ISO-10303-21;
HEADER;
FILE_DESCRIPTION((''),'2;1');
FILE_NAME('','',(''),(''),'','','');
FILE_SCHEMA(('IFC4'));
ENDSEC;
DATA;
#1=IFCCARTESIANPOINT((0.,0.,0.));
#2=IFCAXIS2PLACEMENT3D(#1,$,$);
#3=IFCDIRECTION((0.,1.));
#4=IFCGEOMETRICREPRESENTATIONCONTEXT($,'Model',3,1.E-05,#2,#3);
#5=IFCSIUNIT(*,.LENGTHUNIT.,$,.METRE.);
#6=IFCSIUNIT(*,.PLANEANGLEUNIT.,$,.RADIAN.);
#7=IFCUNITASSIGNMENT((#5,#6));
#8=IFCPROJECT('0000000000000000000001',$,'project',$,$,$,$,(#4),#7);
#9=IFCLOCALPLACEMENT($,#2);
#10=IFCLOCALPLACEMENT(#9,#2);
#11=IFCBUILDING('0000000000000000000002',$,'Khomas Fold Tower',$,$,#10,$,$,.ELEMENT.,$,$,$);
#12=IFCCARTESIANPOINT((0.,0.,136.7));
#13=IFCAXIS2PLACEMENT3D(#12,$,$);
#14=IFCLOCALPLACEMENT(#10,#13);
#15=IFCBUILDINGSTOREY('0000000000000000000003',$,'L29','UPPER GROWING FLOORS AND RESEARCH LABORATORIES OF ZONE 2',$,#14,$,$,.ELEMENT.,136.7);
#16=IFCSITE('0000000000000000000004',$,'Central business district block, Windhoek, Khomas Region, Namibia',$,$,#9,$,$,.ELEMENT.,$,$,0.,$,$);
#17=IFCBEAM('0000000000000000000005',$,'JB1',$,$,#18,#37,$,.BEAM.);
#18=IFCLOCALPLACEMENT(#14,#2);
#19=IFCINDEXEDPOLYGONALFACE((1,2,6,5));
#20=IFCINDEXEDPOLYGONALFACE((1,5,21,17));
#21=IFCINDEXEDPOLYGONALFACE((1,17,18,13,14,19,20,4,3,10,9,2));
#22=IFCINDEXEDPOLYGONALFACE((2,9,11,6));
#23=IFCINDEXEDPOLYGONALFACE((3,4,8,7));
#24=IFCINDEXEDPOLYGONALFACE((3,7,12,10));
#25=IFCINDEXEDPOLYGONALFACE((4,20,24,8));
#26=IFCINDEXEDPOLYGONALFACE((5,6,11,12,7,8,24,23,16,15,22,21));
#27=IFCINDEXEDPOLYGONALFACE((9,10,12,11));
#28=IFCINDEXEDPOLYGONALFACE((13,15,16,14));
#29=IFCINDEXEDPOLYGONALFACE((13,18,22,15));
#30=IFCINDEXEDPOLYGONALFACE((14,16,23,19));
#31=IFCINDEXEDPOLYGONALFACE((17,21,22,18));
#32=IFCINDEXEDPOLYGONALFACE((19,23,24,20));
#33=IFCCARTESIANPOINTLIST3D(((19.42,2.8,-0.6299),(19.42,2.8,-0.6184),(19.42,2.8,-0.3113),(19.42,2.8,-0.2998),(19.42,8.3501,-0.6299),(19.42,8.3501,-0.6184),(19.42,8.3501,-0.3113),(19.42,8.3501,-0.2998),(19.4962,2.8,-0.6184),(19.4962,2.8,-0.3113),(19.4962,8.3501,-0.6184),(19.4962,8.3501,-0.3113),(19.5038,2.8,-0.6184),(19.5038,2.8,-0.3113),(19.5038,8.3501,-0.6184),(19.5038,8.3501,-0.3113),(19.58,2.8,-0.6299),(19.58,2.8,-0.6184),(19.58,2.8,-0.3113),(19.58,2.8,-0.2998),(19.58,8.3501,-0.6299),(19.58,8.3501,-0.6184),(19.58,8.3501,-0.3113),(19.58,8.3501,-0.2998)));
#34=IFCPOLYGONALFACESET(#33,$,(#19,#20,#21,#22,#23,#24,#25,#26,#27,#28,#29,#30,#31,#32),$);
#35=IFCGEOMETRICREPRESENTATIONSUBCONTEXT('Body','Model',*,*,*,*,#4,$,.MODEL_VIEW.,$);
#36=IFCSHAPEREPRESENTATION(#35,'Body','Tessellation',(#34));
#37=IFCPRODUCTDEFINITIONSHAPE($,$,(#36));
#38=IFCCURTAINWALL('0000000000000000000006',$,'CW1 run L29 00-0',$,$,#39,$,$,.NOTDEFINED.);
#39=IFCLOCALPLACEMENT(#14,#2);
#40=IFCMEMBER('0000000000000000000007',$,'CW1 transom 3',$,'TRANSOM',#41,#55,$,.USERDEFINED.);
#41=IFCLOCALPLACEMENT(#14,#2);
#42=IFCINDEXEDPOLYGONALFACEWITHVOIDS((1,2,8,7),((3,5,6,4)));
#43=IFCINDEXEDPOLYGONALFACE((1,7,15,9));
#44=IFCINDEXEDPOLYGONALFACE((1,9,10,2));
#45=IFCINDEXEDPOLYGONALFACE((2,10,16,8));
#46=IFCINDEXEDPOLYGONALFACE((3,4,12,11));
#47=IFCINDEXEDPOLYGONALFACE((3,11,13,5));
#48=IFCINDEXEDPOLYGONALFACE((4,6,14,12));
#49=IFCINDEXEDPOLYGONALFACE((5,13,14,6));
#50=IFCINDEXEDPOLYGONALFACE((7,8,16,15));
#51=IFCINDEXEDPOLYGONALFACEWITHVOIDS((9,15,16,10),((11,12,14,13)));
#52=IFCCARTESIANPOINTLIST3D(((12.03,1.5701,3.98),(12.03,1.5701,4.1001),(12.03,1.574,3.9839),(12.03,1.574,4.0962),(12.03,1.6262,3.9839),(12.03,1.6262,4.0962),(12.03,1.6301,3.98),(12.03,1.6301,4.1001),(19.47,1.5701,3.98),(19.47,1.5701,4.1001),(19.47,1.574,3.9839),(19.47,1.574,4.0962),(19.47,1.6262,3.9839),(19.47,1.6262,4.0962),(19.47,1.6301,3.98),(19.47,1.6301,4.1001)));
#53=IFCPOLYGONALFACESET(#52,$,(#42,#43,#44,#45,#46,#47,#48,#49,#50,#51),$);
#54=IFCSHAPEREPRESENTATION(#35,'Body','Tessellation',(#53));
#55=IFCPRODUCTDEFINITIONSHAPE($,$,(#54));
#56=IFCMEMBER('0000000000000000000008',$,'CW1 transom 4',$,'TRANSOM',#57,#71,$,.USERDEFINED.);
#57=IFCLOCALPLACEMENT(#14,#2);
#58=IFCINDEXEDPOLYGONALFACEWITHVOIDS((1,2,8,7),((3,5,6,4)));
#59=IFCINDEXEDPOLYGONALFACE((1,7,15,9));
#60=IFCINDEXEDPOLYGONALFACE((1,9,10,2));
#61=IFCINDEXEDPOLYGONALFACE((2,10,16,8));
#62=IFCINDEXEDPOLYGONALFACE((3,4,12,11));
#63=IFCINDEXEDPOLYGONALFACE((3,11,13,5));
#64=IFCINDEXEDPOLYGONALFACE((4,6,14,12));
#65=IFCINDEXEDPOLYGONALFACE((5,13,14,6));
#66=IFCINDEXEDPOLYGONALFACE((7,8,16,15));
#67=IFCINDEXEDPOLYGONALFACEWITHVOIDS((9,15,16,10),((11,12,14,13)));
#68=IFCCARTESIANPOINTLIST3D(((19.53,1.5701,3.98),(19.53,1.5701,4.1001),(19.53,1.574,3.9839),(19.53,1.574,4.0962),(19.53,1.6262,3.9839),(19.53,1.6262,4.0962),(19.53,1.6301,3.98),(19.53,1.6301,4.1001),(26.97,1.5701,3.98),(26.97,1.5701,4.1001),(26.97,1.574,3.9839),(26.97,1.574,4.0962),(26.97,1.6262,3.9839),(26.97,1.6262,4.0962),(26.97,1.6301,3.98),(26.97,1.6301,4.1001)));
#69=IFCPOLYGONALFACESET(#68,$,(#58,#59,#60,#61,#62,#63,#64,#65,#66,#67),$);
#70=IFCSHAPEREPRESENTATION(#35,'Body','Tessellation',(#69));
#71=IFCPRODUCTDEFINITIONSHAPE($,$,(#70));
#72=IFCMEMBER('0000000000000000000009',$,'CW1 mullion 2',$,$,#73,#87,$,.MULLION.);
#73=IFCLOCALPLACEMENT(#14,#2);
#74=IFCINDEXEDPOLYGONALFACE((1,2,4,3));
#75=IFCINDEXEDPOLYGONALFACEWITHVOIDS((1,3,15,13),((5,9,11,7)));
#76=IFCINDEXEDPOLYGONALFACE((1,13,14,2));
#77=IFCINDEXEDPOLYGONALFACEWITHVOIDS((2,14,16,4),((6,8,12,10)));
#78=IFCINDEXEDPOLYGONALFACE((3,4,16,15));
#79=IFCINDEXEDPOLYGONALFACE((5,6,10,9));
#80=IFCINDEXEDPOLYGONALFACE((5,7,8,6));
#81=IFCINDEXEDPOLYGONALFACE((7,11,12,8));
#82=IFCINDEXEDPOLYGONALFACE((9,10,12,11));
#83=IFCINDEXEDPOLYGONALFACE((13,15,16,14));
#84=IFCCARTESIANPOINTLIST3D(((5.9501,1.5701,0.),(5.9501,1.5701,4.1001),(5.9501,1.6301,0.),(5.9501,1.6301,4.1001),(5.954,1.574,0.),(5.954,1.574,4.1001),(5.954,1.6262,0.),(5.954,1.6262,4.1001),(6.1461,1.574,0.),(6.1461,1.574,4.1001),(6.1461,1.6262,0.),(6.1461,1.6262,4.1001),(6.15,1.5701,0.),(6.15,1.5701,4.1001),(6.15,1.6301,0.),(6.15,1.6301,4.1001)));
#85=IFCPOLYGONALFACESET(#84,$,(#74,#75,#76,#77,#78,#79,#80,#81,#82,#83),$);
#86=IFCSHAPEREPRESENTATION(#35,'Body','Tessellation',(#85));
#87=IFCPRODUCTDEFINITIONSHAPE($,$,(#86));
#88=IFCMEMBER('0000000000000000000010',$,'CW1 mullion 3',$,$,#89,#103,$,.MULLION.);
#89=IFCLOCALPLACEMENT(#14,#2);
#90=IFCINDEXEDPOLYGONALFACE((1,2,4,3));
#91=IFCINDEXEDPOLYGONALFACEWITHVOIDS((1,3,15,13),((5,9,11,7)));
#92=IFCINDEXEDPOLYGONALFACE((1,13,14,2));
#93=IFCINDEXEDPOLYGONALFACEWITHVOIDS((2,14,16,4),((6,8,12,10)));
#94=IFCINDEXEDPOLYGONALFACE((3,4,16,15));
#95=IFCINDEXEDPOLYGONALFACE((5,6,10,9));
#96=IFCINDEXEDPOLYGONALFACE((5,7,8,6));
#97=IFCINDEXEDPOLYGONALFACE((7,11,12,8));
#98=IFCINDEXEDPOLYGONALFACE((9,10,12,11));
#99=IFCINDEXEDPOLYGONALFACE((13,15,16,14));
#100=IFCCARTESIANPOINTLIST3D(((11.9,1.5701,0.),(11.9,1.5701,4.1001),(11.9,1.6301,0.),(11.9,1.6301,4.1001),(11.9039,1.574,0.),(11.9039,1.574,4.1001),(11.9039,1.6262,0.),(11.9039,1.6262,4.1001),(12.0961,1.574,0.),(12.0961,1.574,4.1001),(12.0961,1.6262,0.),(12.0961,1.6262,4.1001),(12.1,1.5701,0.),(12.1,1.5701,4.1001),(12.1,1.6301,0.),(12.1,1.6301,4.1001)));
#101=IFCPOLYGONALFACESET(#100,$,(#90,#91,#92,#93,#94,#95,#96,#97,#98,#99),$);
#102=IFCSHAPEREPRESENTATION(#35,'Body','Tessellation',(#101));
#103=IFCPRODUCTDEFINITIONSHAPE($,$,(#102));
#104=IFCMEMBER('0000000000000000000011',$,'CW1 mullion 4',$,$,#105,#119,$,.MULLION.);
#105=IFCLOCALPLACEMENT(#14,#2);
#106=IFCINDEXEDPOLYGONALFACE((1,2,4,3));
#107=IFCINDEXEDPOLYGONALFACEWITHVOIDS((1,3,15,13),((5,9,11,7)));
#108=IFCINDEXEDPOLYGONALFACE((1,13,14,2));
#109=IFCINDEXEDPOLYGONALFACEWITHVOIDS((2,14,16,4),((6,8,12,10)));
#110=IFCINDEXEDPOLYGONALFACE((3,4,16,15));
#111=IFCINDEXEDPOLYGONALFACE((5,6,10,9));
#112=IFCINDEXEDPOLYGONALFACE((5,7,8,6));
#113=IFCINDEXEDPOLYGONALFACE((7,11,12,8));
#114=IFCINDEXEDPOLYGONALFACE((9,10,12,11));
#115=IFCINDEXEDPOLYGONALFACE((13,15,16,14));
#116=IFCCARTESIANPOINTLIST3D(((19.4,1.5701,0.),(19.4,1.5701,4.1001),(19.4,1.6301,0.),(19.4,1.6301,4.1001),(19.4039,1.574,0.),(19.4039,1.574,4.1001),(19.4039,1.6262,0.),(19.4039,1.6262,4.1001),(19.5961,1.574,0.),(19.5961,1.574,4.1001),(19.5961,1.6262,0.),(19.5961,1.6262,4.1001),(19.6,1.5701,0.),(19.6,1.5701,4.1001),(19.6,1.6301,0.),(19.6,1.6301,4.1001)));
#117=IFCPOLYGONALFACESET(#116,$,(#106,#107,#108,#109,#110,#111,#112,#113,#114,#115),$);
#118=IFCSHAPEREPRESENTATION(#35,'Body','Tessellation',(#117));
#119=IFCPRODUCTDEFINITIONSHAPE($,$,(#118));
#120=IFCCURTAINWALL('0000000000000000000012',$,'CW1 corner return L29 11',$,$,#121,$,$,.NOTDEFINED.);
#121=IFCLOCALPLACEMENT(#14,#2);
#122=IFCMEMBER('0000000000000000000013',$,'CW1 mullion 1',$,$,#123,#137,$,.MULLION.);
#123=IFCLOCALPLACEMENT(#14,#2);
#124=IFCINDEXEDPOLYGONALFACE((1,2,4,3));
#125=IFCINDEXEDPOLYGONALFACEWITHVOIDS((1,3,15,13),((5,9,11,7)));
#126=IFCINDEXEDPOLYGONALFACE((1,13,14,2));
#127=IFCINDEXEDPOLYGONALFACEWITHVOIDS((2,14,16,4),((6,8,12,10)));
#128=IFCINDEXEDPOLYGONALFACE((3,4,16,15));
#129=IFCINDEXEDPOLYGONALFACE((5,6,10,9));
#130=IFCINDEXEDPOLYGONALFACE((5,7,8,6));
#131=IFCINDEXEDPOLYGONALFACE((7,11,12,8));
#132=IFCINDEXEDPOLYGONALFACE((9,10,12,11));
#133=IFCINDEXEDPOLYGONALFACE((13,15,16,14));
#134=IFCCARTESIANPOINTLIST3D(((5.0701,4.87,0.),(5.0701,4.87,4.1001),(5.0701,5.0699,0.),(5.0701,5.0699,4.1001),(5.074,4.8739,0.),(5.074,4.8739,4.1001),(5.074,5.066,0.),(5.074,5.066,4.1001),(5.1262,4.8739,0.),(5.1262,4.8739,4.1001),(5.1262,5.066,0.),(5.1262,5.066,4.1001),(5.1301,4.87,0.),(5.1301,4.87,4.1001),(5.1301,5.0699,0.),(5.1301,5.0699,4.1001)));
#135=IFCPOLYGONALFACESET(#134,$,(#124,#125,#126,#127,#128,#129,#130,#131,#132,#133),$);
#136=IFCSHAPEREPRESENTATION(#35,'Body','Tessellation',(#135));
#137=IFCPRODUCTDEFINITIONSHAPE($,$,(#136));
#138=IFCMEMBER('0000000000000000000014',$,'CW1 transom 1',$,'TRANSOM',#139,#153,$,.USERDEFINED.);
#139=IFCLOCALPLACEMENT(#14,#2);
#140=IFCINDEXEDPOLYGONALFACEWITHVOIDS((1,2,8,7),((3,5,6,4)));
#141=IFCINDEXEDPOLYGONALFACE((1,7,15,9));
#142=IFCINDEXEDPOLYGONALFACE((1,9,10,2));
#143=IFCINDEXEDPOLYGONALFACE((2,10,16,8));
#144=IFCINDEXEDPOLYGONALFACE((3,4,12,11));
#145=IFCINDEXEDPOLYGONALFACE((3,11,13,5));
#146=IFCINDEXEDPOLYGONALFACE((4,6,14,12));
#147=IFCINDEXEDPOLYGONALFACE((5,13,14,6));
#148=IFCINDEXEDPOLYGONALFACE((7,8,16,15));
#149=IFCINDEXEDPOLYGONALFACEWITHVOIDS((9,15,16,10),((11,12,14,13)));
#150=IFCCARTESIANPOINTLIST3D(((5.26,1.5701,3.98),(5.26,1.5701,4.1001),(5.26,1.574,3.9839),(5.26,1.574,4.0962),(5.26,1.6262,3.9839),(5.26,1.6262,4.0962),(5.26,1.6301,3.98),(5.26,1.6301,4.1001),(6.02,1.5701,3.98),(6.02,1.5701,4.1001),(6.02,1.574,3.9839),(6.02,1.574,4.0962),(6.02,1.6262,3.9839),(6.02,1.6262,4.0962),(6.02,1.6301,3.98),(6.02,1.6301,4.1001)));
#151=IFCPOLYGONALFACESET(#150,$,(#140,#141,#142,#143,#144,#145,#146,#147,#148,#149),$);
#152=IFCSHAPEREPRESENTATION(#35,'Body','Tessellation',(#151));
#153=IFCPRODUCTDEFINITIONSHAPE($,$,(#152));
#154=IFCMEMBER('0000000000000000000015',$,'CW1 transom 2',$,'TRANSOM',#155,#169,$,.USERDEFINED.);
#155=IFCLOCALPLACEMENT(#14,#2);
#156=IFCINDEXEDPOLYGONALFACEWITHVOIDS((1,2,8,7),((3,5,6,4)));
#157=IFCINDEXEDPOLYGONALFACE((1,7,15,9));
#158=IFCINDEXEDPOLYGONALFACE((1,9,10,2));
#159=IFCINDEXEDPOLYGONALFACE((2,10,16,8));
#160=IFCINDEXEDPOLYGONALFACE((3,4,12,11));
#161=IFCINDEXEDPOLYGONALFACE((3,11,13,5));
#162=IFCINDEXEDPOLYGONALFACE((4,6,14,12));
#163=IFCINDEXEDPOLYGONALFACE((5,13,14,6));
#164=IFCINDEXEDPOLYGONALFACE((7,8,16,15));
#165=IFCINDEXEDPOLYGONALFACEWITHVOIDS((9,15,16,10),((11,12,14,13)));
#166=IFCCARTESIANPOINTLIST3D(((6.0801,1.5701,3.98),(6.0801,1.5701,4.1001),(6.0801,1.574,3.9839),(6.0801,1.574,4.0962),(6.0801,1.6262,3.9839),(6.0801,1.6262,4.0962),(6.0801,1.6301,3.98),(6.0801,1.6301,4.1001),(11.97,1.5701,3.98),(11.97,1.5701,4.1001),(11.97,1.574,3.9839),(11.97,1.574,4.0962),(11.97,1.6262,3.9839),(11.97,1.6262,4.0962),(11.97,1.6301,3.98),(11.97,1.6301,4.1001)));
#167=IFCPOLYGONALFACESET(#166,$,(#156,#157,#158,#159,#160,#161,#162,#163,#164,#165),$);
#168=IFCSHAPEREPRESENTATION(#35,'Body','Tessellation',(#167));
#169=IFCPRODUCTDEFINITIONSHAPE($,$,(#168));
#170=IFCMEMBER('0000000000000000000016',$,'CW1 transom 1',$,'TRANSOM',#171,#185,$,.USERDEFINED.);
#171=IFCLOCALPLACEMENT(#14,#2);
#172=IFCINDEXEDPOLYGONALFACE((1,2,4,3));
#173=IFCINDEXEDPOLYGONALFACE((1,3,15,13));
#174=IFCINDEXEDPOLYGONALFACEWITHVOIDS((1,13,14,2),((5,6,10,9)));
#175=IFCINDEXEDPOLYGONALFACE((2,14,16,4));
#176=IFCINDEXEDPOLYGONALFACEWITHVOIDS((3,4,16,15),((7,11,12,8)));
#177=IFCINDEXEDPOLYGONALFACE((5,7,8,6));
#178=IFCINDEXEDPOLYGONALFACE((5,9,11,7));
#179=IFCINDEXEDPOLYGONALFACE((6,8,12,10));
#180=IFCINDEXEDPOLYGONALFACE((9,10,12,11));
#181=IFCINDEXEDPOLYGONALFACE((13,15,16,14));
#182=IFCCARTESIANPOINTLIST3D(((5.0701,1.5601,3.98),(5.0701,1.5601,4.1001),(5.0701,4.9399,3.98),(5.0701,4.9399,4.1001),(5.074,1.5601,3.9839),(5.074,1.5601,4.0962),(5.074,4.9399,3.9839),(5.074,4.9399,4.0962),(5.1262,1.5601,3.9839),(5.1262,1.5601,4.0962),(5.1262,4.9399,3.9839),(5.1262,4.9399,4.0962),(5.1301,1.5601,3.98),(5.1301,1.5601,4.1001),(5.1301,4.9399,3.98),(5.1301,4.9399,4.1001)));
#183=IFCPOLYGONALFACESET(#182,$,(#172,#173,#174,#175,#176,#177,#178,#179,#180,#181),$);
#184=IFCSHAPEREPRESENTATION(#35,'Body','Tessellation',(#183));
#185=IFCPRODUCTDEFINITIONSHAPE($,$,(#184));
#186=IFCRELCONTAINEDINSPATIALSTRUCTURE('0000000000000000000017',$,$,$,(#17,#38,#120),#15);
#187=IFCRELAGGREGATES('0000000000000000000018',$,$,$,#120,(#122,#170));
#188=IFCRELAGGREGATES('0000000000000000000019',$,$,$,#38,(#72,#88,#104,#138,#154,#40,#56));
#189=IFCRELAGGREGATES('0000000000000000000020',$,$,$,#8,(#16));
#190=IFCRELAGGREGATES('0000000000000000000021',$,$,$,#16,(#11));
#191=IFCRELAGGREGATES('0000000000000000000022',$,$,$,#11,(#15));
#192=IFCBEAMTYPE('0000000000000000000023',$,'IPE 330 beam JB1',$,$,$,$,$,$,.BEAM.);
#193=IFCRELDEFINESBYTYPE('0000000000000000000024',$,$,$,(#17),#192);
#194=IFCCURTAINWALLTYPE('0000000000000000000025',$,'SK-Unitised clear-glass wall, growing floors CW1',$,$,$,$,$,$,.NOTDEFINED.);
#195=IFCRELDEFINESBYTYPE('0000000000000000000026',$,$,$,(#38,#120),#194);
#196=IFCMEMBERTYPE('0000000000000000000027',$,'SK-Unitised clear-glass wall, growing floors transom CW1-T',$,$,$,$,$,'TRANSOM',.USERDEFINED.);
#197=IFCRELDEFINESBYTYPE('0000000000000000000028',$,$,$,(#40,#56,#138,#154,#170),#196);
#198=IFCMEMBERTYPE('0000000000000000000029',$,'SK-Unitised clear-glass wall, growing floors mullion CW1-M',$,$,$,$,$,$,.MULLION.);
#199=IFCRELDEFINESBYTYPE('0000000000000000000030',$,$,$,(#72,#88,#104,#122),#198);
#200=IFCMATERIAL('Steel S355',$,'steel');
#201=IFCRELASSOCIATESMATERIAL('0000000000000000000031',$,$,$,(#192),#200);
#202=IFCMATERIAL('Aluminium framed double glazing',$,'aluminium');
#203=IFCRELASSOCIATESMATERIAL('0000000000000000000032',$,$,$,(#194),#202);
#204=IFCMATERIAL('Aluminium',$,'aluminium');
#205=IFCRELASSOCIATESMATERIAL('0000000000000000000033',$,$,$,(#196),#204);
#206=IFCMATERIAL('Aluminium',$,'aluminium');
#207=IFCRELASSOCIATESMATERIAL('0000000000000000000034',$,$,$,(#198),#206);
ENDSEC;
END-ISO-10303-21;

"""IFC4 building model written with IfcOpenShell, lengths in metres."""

from ifc_helpers import new_model, si_unit, direction, frame, origin, origin_2d, place, context, subcontext, project, spatial, hollow_rectangle, i_section, extrude, source, transform, mapped, material, material_profile, profile_set, type_object, element, aggregate, save


model = new_model("IFC4")

# Units and contexts
model_context = context("Model", 3, precision=1e-05, world=origin(), true_north=direction((0.0, 1.0)))
body_context = subcontext(model_context, "Body", "Model", "MODEL_VIEW")
ifc_project = project(units=[si_unit("LENGTHUNIT", "METRE"), si_unit("PLANEANGLEUNIT", "RADIAN")], contexts=[model_context])

# Site, building, storey
site_placement = place(None, origin())
site = spatial("IfcSite", under=ifc_project, at=site_placement, Name="Central business district block, Windhoek, Khomas Region, Namibia", CompositionType="ELEMENT", RefElevation=0.0)
building_placement = place(site_placement, origin())
building = spatial("IfcBuilding", under=site, at=building_placement, Name="Khomas Fold Tower", CompositionType="ELEMENT")
storey_placement = place(building_placement, frame((0.0, 0.0, 136.7)))
storey = spatial("IfcBuildingStorey", under=building, at=storey_placement, Name="L29", Description="UPPER GROWING FLOORS AND RESEARCH LABORATORIES OF ZONE 2", CompositionType="ELEMENT", Elevation=136.7)

# Beam
ifc_material_1 = material(Name="Steel S355", Category="steel")
ifc_material_profile_1 = material_profile(ifc_material_1, i_section(OverallWidth=0.1599, OverallDepth=0.3301, WebThickness=0.0076, FlangeThickness=0.0115, at=origin_2d()), Name="IPE 330")
ifc_profile_set_1 = profile_set([ifc_material_profile_1], Name="Steel S355")
beam_type_1 = type_object("IfcBeamType", Name="IPE 330 beam JB1", PredefinedType="BEAM", material=ifc_profile_set_1)
shared_shape_1 = source(origin(), body_context, "Body", "SweptSolid", [
    extrude(i_section(OverallWidth=0.1599, OverallDepth=0.3301, WebThickness=0.0076, FlangeThickness=0.0115, at=origin_2d()), origin(), (0.0, 0.0, 1.0), 5.55),
])
beam_1_placement = place(storey_placement, frame((19.5, 2.8, -0.4648), z_axis=(0.0, 1.0, 0.0), x_axis=(-1.0, 0.0, 0.0)))
element("IfcBeam", 1, at=beam_1_placement, inside=storey, type_object=beam_type_1, Name="JB1", PredefinedType="BEAM", context=body_context, shape_type="MappedRepresentation", body=[
    mapped(shared_shape_1, transform((0.0, 0.0, 0.0))),
])

# Curtain wall, members
ifc_material_2 = material(Name="Aluminium framed double glazing", Category="aluminium")
curtain_wall_type = type_object("IfcCurtainWallType", Name="SK-Unitised clear-glass wall, growing floors CW1", PredefinedType="NOTDEFINED", material=ifc_material_2)
curtain_wall_1_placement = place(storey_placement, origin())
curtain_wall_1 = element("IfcCurtainWall", 2, at=curtain_wall_1_placement, inside=storey, type_object=curtain_wall_type, Name="CW1 run L29 00-0", PredefinedType="NOTDEFINED")
ifc_material_3 = material(Name="Aluminium", Category="aluminium")
ifc_material_profile_2 = material_profile(ifc_material_3, hollow_rectangle(XDim=0.0601, YDim=0.1201, WallThickness=0.0039, at=origin_2d()), Name="SK-Unitised clear-glass wall, growing floors transom CW1-T")
ifc_profile_set_2 = profile_set([ifc_material_profile_2], Name="Aluminium")
member_type_1 = type_object("IfcMemberType", Name="SK-Unitised clear-glass wall, growing floors transom CW1-T", ElementType="TRANSOM", PredefinedType="USERDEFINED", material=ifc_profile_set_2)
shared_shape_2 = source(origin(), body_context, "Body", "SweptSolid", [
    extrude(hollow_rectangle(XDim=0.0601, YDim=0.1201, WallThickness=0.0039, at=origin_2d()), origin(), (0.0, 0.0, 1.0), 7.4399),
])
member_1_placement = place(storey_placement, frame((12.03, 1.6001, 4.04), z_axis=(1.0, 0.0, 0.0), x_axis=(0.0, 1.0, 0.0)))
member_1 = element("IfcMember", 3, at=member_1_placement, type_object=member_type_1, Name="CW1 transom 3", ObjectType="TRANSOM", PredefinedType="USERDEFINED", context=body_context, shape_type="MappedRepresentation", body=[
    mapped(shared_shape_2, transform((0.0, 0.0, 0.0))),
])
member_2_placement = place(storey_placement, frame((19.53, 1.6001, 4.04), z_axis=(1.0, 0.0, 0.0), x_axis=(0.0, 1.0, 0.0)))
member_2 = element("IfcMember", 4, at=member_2_placement, type_object=member_type_1, Name="CW1 transom 4", ObjectType="TRANSOM", PredefinedType="USERDEFINED", context=body_context, shape_type="MappedRepresentation", body=[
    mapped(shared_shape_2, transform((0.0, 0.0, 0.0))),
])
ifc_material_4 = material(Name="Aluminium", Category="aluminium")
ifc_material_profile_3 = material_profile(ifc_material_4, hollow_rectangle(XDim=0.0601, YDim=0.2, WallThickness=0.0039, at=origin_2d()), Name="SK-Unitised clear-glass wall, growing floors mullion CW1-M")
ifc_profile_set_3 = profile_set([ifc_material_profile_3], Name="Aluminium")
member_type_2 = type_object("IfcMemberType", Name="SK-Unitised clear-glass wall, growing floors mullion CW1-M", PredefinedType="MULLION", material=ifc_profile_set_3)
shared_shape_3 = source(origin(), body_context, "Body", "SweptSolid", [
    extrude(hollow_rectangle(XDim=0.0601, YDim=0.2, WallThickness=0.0039, at=origin_2d()), origin(), (0.0, 0.0, 1.0), 4.1001),
])
member_3_placement = place(storey_placement, frame((6.05, 1.6001, 0.0), z_axis=(0.0, 0.0, 1.0), x_axis=(0.0, 1.0, 0.0)))
member_3 = element("IfcMember", 5, at=member_3_placement, type_object=member_type_2, Name="CW1 mullion 2", PredefinedType="MULLION", context=body_context, shape_type="MappedRepresentation", body=[
    mapped(shared_shape_3, transform((0.0, 0.0, 0.0))),
])
member_4_placement = place(storey_placement, frame((12.0, 1.6001, 0.0), z_axis=(0.0, 0.0, 1.0), x_axis=(0.0, 1.0, 0.0)))
member_4 = element("IfcMember", 6, at=member_4_placement, type_object=member_type_2, Name="CW1 mullion 3", PredefinedType="MULLION", context=body_context, shape_type="MappedRepresentation", body=[
    mapped(shared_shape_3, transform((0.0, 0.0, 0.0))),
])
member_5_placement = place(storey_placement, frame((19.5, 1.6001, 0.0), z_axis=(0.0, 0.0, 1.0), x_axis=(0.0, 1.0, 0.0)))
member_5 = element("IfcMember", 7, at=member_5_placement, type_object=member_type_2, Name="CW1 mullion 4", PredefinedType="MULLION", context=body_context, shape_type="MappedRepresentation", body=[
    mapped(shared_shape_3, transform((0.0, 0.0, 0.0))),
])

# Curtain wall, member
curtain_wall_2_placement = place(storey_placement, origin())
curtain_wall_2 = element("IfcCurtainWall", 8, at=curtain_wall_2_placement, inside=storey, type_object=curtain_wall_type, Name="CW1 corner return L29 11", PredefinedType="NOTDEFINED")
member_6_placement = place(storey_placement, frame((5.1001, 4.97, 0.0), z_axis=(0.0, 0.0, 1.0), x_axis=(1.0, 0.0, 0.0)))
member_6 = element("IfcMember", 9, at=member_6_placement, type_object=member_type_2, Name="CW1 mullion 1", PredefinedType="MULLION", context=body_context, shape_type="MappedRepresentation", body=[
    mapped(shared_shape_3, transform((0.0, 0.0, 0.0))),
])

# Members
shared_shape_4 = source(origin(), body_context, "Body", "SweptSolid", [
    extrude(hollow_rectangle(XDim=0.0601, YDim=0.1201, WallThickness=0.0039, at=origin_2d()), origin(), (0.0, 0.0, 1.0), 0.76),
])
member_7_placement = place(storey_placement, frame((5.26, 1.6001, 4.04), z_axis=(1.0, 0.0, 0.0), x_axis=(0.0, 1.0, 0.0)))
member_7 = element("IfcMember", 10, at=member_7_placement, type_object=member_type_1, Name="CW1 transom 1", ObjectType="TRANSOM", PredefinedType="USERDEFINED", context=body_context, shape_type="MappedRepresentation", body=[
    mapped(shared_shape_4, transform((0.0, 0.0, 0.0))),
])
shared_shape_5 = source(origin(), body_context, "Body", "SweptSolid", [
    extrude(hollow_rectangle(XDim=0.0601, YDim=0.1201, WallThickness=0.0039, at=origin_2d()), origin(), (0.0, 0.0, 1.0), 5.8899),
])
member_8_placement = place(storey_placement, frame((6.0801, 1.6001, 4.04), z_axis=(1.0, 0.0, 0.0), x_axis=(0.0, 1.0, 0.0)))
member_8 = element("IfcMember", 11, at=member_8_placement, type_object=member_type_1, Name="CW1 transom 2", ObjectType="TRANSOM", PredefinedType="USERDEFINED", context=body_context, shape_type="MappedRepresentation", body=[
    mapped(shared_shape_5, transform((0.0, 0.0, 0.0))),
])
shared_shape_6 = source(origin(), body_context, "Body", "SweptSolid", [
    extrude(hollow_rectangle(XDim=0.0601, YDim=0.1201, WallThickness=0.0039, at=origin_2d()), origin(), (0.0, 0.0, 1.0), 3.3799),
])
member_9_placement = place(storey_placement, frame((5.1001, 4.9399, 4.04), z_axis=(0.0, -1.0, 0.0), x_axis=(1.0, 0.0, 0.0)))
member_9 = element("IfcMember", 12, at=member_9_placement, type_object=member_type_1, Name="CW1 transom 1", ObjectType="TRANSOM", PredefinedType="USERDEFINED", context=body_context, shape_type="MappedRepresentation", body=[
    mapped(shared_shape_6, transform((0.0, 0.0, 0.0))),
])
aggregate(curtain_wall_2, [member_6, member_9])

aggregate(curtain_wall_1, [member_3, member_4, member_5, member_7, member_8, member_1, member_2])

save(model, "model.ifc")
